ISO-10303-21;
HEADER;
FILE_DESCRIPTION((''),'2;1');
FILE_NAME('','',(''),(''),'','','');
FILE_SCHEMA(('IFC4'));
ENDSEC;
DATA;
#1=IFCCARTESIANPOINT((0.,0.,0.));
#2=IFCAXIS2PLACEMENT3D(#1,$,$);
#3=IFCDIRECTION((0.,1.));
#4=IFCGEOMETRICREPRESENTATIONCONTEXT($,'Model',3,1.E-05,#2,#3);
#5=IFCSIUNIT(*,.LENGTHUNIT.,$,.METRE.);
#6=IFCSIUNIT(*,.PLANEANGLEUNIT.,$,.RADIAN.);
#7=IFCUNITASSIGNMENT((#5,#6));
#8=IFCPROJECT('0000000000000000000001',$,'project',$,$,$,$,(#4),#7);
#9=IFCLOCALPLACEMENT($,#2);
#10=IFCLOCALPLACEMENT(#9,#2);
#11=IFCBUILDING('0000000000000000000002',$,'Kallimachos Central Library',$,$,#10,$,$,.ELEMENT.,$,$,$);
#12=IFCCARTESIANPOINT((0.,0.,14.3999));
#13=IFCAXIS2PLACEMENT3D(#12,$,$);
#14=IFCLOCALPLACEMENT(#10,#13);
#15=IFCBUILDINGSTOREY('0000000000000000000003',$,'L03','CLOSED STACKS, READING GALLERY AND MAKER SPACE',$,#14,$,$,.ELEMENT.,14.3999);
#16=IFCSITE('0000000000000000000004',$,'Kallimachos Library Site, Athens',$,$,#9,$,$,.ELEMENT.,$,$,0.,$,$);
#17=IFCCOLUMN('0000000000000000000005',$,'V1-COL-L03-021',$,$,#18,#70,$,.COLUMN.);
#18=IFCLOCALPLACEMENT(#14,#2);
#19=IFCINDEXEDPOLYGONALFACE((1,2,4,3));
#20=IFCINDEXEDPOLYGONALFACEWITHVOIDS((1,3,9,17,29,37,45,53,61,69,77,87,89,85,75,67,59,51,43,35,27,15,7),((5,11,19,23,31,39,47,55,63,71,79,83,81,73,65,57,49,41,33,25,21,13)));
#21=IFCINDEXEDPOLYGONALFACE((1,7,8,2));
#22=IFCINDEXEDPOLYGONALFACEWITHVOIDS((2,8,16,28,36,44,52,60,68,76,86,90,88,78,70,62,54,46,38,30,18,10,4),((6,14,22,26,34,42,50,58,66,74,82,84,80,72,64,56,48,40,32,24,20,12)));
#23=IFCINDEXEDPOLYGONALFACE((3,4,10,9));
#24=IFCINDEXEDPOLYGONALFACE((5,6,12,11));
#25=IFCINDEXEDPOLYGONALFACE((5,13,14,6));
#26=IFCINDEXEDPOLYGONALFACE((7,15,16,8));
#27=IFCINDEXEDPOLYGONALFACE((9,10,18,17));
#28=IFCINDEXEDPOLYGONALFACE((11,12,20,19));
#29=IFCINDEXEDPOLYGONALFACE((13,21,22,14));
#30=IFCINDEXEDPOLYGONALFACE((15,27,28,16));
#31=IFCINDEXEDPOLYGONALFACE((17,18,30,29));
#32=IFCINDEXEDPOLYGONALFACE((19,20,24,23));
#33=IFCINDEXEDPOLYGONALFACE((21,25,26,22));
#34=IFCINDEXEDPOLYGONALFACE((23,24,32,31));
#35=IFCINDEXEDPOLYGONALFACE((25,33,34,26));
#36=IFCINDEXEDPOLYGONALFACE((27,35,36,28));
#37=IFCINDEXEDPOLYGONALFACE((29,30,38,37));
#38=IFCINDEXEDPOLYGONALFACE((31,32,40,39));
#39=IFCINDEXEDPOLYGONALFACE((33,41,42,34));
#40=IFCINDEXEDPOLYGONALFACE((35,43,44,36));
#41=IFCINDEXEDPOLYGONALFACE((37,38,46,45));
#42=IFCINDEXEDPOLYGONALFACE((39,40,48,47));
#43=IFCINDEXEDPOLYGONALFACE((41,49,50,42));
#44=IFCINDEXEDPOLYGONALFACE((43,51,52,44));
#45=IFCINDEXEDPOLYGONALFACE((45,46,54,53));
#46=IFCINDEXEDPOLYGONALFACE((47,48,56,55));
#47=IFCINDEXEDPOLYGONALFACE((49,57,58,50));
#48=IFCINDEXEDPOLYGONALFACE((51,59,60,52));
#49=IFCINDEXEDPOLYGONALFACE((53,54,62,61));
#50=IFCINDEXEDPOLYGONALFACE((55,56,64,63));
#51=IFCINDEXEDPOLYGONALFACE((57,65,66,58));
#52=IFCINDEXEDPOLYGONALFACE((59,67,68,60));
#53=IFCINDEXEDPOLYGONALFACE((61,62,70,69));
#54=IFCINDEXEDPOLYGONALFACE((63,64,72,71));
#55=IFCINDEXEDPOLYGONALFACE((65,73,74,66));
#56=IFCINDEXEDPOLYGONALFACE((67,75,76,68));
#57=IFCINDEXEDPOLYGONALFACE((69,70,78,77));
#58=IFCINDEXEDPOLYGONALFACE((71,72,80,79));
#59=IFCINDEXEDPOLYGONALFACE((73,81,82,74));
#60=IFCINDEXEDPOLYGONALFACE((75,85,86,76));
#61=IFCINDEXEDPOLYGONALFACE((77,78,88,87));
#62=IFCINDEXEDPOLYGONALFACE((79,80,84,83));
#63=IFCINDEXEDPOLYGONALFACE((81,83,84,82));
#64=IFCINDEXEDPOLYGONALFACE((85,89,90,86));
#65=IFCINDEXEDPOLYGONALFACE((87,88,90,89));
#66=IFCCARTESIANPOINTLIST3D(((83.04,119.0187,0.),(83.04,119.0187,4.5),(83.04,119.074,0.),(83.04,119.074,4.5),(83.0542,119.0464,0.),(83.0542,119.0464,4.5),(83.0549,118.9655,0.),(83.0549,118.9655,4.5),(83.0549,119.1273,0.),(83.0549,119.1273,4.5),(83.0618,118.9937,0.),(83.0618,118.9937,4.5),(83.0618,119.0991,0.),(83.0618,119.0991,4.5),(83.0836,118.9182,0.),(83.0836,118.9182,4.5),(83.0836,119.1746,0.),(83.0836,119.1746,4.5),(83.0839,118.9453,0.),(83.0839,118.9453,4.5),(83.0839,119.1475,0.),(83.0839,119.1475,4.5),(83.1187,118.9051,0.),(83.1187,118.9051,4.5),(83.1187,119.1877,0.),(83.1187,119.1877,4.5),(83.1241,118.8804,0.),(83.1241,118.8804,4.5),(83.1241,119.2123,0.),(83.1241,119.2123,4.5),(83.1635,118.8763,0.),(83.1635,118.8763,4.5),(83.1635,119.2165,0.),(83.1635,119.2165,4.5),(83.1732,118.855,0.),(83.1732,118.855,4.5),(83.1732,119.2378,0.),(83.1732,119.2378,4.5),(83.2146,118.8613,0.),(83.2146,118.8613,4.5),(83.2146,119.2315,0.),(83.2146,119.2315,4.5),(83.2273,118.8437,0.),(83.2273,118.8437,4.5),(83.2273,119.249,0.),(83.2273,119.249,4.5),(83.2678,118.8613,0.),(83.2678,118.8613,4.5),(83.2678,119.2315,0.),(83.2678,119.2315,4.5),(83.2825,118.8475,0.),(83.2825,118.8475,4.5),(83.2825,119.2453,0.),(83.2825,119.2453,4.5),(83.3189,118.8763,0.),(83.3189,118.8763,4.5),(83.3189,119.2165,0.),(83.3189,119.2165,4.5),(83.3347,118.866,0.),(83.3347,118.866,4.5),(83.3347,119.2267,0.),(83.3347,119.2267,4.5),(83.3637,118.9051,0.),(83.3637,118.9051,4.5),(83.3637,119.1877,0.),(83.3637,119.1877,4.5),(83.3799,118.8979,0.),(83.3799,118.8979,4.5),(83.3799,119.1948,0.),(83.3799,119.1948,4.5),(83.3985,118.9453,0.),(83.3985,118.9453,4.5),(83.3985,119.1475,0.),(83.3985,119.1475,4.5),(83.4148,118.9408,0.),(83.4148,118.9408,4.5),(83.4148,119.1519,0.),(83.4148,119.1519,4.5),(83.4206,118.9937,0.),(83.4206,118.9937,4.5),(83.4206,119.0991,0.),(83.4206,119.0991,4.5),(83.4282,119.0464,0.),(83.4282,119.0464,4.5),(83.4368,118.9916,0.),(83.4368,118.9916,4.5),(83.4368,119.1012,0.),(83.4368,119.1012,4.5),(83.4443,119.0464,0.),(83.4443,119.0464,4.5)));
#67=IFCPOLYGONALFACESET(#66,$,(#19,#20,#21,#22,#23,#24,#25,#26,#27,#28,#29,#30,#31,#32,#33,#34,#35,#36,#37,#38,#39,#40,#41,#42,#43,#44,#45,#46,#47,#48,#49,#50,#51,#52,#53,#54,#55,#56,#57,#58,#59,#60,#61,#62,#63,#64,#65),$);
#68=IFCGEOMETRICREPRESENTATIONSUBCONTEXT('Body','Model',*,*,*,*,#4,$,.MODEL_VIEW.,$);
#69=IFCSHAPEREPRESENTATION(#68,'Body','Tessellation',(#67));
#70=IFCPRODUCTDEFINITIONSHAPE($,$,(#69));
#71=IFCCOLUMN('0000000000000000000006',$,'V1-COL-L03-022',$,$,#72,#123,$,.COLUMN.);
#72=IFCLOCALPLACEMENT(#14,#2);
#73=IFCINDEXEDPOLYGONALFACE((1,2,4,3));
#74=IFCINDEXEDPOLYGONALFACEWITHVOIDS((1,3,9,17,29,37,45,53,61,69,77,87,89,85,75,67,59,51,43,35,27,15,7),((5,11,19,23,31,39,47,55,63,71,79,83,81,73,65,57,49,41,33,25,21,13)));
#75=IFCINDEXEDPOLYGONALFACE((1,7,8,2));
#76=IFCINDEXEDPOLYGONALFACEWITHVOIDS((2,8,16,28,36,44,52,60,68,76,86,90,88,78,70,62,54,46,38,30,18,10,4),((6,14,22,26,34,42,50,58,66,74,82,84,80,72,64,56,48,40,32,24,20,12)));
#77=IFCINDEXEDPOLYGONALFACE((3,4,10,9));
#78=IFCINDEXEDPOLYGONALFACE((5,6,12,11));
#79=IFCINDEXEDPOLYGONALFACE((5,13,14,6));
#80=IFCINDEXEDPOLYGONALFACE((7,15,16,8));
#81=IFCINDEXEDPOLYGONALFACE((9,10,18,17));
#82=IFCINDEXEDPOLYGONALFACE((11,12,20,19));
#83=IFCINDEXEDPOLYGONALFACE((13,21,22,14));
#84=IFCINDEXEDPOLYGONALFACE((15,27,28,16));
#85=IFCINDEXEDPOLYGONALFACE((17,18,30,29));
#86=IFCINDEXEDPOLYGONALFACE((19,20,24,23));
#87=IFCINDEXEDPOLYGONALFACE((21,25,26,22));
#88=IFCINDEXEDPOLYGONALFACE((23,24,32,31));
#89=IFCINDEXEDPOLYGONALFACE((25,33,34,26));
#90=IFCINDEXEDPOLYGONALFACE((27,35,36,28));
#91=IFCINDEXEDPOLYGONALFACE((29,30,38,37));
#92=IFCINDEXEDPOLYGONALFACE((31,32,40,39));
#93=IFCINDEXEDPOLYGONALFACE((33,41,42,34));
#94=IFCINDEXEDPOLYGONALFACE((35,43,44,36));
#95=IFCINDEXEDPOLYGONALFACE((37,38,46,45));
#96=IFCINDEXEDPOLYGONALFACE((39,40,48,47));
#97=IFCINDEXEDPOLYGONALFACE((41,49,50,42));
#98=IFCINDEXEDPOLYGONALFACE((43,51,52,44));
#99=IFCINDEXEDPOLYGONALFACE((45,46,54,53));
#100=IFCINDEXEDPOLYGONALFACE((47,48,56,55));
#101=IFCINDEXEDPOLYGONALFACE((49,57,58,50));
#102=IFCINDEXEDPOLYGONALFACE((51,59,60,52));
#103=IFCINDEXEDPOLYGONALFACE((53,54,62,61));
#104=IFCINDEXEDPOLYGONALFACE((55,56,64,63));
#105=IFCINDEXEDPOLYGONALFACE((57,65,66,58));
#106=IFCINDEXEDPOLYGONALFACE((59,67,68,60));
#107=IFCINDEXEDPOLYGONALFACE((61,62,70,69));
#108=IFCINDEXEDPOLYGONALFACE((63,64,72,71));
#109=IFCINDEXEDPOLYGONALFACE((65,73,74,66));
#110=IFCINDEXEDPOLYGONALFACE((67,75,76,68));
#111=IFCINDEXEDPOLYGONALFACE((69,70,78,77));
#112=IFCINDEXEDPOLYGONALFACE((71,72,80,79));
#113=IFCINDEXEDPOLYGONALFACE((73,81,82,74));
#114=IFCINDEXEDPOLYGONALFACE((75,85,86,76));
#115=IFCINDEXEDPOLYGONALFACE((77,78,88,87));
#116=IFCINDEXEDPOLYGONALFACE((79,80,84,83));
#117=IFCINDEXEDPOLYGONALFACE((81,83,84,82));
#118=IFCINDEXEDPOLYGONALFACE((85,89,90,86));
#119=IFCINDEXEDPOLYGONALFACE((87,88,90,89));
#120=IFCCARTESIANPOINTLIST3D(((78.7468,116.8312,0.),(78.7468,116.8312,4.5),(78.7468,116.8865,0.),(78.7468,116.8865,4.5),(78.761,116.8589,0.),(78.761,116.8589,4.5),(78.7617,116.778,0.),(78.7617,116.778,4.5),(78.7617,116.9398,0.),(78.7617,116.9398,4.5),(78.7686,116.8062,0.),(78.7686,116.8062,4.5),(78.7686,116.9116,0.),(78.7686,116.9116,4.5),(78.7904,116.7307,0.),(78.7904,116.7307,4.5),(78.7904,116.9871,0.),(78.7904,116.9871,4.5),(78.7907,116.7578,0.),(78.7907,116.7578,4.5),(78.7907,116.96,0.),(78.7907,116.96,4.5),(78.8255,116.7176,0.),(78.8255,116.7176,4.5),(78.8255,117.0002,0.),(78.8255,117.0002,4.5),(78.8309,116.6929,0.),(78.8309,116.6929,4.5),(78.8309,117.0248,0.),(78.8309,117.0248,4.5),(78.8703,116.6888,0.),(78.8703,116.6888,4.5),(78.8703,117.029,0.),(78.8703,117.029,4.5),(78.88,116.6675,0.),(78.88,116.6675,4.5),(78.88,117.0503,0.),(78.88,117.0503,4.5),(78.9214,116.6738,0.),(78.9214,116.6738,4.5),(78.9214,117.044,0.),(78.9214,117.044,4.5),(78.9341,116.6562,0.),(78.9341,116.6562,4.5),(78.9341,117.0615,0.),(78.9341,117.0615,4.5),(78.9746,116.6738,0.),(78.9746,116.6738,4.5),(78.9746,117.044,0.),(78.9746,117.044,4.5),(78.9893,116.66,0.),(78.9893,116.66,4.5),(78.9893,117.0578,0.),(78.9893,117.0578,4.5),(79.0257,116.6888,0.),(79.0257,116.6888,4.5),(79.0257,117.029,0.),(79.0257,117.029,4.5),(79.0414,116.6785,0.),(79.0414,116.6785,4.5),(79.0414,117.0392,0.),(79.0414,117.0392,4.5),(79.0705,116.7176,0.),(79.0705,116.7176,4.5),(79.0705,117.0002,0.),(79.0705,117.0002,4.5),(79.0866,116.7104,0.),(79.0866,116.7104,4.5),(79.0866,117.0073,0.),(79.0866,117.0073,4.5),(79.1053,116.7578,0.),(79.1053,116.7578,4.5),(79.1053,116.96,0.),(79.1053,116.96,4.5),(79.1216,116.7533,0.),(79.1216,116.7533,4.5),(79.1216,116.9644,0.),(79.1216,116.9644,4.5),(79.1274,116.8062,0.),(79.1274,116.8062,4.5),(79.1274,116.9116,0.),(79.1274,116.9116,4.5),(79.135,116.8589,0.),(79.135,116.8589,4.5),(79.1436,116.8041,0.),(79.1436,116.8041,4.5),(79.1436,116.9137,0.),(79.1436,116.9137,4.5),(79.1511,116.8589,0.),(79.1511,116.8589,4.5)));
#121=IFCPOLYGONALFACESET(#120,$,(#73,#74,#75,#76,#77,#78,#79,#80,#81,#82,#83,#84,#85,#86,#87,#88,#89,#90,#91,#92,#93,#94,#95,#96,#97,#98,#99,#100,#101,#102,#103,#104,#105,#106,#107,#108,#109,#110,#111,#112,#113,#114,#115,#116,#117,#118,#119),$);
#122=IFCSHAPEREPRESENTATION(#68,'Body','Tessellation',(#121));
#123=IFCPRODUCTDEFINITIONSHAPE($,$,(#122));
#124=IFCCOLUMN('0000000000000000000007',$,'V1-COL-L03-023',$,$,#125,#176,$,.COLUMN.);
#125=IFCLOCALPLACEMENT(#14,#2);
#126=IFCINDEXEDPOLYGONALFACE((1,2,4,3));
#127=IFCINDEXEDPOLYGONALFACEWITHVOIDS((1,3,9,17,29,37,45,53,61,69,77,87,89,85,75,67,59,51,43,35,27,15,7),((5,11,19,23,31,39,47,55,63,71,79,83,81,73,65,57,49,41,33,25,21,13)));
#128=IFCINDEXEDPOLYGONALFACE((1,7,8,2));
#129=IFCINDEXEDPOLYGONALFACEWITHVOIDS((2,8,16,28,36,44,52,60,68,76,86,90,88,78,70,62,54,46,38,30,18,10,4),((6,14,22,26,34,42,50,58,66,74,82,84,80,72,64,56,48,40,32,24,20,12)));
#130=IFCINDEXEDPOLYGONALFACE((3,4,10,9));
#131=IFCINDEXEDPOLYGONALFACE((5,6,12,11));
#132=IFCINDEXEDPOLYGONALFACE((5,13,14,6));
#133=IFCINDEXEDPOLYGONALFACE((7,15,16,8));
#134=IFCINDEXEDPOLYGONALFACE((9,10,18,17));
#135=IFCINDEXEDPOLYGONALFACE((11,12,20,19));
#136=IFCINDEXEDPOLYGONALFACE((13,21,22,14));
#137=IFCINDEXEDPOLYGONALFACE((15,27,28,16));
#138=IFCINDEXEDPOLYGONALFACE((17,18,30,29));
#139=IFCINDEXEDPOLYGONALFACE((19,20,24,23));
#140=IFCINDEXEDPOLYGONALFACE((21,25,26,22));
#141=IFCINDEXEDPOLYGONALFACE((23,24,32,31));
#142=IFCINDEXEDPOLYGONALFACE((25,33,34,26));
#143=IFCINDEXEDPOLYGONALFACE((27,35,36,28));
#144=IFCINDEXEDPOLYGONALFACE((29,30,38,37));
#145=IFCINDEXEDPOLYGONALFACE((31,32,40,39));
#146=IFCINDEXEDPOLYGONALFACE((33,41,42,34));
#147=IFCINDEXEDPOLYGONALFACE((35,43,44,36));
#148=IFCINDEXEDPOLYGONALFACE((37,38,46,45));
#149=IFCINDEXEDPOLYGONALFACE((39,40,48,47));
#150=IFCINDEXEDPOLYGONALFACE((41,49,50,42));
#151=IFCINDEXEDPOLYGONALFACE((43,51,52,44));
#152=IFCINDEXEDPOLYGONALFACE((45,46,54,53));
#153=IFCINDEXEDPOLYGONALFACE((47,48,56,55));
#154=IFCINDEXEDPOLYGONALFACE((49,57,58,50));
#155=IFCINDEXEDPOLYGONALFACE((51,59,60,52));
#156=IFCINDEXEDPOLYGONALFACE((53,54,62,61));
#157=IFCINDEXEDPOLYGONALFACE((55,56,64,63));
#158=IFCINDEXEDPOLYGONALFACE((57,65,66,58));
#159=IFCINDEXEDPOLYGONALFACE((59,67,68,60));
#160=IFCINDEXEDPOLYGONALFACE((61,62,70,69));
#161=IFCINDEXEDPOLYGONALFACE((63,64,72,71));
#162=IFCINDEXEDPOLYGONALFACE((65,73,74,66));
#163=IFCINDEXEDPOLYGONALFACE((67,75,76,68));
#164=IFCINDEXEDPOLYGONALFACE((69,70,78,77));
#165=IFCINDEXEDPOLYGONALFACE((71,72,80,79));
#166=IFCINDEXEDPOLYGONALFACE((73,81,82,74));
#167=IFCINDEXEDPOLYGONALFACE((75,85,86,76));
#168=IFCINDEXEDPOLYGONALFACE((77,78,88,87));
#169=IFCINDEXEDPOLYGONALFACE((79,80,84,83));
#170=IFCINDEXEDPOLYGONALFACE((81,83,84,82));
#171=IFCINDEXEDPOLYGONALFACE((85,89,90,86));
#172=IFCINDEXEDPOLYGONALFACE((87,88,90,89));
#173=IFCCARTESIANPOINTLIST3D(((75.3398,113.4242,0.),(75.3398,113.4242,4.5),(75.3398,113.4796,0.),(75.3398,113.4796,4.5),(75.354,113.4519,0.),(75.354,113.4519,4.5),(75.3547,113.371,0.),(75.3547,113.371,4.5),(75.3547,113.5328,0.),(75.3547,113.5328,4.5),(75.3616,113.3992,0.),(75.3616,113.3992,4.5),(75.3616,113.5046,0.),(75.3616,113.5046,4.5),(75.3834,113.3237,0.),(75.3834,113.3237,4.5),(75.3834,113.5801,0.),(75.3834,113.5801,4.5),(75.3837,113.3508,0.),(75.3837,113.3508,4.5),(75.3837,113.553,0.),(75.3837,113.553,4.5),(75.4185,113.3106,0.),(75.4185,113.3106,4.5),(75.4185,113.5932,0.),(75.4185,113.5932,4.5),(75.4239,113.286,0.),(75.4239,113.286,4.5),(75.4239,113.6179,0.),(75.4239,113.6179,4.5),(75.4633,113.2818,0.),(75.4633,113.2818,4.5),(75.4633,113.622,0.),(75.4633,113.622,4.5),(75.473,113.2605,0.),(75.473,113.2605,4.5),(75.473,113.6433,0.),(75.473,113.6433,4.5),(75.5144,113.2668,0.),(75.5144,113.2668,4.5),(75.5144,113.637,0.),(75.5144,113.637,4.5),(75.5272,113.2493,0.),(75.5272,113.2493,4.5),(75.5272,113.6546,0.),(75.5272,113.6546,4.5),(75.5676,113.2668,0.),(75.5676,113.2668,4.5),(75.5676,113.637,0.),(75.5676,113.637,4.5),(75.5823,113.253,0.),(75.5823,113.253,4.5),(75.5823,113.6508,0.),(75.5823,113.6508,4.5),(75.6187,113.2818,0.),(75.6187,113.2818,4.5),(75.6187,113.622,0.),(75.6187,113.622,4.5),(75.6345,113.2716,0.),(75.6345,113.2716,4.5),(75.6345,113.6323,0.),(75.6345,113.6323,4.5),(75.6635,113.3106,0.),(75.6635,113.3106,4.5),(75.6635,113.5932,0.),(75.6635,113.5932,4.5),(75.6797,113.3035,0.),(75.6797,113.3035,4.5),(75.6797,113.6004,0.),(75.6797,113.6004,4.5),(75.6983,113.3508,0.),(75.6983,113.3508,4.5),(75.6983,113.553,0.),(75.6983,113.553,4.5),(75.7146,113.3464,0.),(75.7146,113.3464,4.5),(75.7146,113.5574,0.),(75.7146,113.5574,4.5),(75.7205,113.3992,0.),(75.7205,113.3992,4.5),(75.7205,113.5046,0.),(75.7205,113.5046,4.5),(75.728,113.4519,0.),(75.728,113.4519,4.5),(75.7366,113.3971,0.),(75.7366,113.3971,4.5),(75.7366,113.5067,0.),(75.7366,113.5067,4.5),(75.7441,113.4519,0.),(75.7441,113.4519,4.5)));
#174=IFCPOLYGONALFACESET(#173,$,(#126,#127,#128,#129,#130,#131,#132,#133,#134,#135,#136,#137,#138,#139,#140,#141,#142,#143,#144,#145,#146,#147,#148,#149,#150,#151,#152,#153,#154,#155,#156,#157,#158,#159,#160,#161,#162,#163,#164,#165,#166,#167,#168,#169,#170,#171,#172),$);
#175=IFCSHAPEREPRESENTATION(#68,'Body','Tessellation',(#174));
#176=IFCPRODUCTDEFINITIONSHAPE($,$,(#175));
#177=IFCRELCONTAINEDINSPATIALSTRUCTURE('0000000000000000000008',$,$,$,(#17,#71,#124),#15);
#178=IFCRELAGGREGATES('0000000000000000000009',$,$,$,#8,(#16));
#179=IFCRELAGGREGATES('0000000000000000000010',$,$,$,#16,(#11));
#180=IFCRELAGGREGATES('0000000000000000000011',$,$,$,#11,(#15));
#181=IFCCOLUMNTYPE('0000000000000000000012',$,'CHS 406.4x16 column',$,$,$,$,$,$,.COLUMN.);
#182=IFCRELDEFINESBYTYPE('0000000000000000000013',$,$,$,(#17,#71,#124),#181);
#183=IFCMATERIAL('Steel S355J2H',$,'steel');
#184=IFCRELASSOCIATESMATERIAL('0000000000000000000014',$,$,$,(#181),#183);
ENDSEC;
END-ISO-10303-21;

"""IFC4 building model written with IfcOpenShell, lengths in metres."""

from ifc_helpers import new_model, si_unit, direction, frame, origin, origin_2d, place, context, subcontext, project, spatial, hollow_circle, extrude, material, material_profile, profile_set, type_object, element, save


model = new_model("IFC4")

# Units and contexts
model_context = context("Model", 3, precision=1e-05, world=origin(), true_north=direction((0.0, 1.0)))
body_context = subcontext(model_context, "Body", "Model", "MODEL_VIEW")
ifc_project = project(units=[si_unit("LENGTHUNIT", "METRE"), si_unit("PLANEANGLEUNIT", "RADIAN")], contexts=[model_context])

# Site, building, storey
site_placement = place(None, origin())
site = spatial("IfcSite", under=ifc_project, at=site_placement, Name="Kallimachos Library Site, Athens", CompositionType="ELEMENT", RefElevation=0.0)
building_placement = place(site_placement, origin())
building = spatial("IfcBuilding", under=site, at=building_placement, Name="Kallimachos Central Library", CompositionType="ELEMENT")
storey_placement = place(building_placement, frame((0.0, 0.0, 14.3999)))
storey = spatial("IfcBuildingStorey", under=building, at=storey_placement, Name="L03", Description="CLOSED STACKS, READING GALLERY AND MAKER SPACE", CompositionType="ELEMENT", Elevation=14.3999)

# Columns
ifc_material_1 = material(Name="Steel S355J2H", Category="steel")
ifc_material_profile_1 = material_profile(ifc_material_1, hollow_circle(Radius=0.2031, WallThickness=0.0161, at=origin_2d()), Name="CHS 406.4x16")
ifc_profile_set_1 = profile_set([ifc_material_profile_1], Name="Steel S355J2H")
column_type_1 = type_object("IfcColumnType", Name="CHS 406.4x16 column", PredefinedType="COLUMN", material=ifc_profile_set_1)
for number, where, z_axis, x_axis, name in (
    (1, (83.2412, 119.0464, 0.0), (0.0, 0.0, 1.0), (1.0, 0.0, 0.0), "V1-COL-L03-021"),
    (2, (78.948, 116.8589, 0.0), (0.0, 0.0, 1.0), (1.0, 0.0, 0.0), "V1-COL-L03-022"),
    (3, (75.541, 113.4519, 0.0), (0.0, 0.0, 1.0), (1.0, 0.0, 0.0), "V1-COL-L03-023"),
):
    element("IfcColumn", number, at=place(storey_placement, frame(where, z_axis=z_axis, x_axis=x_axis)), inside=storey, type_object=column_type_1, Name=name, PredefinedType="COLUMN", context=body_context, shape_type="SweptSolid", body=[
        extrude(hollow_circle(Radius=0.2031, WallThickness=0.0161, at=origin_2d()), origin(), (0.0, 0.0, 1.0), 4.5),
    ])

save(model, "model.ifc")
